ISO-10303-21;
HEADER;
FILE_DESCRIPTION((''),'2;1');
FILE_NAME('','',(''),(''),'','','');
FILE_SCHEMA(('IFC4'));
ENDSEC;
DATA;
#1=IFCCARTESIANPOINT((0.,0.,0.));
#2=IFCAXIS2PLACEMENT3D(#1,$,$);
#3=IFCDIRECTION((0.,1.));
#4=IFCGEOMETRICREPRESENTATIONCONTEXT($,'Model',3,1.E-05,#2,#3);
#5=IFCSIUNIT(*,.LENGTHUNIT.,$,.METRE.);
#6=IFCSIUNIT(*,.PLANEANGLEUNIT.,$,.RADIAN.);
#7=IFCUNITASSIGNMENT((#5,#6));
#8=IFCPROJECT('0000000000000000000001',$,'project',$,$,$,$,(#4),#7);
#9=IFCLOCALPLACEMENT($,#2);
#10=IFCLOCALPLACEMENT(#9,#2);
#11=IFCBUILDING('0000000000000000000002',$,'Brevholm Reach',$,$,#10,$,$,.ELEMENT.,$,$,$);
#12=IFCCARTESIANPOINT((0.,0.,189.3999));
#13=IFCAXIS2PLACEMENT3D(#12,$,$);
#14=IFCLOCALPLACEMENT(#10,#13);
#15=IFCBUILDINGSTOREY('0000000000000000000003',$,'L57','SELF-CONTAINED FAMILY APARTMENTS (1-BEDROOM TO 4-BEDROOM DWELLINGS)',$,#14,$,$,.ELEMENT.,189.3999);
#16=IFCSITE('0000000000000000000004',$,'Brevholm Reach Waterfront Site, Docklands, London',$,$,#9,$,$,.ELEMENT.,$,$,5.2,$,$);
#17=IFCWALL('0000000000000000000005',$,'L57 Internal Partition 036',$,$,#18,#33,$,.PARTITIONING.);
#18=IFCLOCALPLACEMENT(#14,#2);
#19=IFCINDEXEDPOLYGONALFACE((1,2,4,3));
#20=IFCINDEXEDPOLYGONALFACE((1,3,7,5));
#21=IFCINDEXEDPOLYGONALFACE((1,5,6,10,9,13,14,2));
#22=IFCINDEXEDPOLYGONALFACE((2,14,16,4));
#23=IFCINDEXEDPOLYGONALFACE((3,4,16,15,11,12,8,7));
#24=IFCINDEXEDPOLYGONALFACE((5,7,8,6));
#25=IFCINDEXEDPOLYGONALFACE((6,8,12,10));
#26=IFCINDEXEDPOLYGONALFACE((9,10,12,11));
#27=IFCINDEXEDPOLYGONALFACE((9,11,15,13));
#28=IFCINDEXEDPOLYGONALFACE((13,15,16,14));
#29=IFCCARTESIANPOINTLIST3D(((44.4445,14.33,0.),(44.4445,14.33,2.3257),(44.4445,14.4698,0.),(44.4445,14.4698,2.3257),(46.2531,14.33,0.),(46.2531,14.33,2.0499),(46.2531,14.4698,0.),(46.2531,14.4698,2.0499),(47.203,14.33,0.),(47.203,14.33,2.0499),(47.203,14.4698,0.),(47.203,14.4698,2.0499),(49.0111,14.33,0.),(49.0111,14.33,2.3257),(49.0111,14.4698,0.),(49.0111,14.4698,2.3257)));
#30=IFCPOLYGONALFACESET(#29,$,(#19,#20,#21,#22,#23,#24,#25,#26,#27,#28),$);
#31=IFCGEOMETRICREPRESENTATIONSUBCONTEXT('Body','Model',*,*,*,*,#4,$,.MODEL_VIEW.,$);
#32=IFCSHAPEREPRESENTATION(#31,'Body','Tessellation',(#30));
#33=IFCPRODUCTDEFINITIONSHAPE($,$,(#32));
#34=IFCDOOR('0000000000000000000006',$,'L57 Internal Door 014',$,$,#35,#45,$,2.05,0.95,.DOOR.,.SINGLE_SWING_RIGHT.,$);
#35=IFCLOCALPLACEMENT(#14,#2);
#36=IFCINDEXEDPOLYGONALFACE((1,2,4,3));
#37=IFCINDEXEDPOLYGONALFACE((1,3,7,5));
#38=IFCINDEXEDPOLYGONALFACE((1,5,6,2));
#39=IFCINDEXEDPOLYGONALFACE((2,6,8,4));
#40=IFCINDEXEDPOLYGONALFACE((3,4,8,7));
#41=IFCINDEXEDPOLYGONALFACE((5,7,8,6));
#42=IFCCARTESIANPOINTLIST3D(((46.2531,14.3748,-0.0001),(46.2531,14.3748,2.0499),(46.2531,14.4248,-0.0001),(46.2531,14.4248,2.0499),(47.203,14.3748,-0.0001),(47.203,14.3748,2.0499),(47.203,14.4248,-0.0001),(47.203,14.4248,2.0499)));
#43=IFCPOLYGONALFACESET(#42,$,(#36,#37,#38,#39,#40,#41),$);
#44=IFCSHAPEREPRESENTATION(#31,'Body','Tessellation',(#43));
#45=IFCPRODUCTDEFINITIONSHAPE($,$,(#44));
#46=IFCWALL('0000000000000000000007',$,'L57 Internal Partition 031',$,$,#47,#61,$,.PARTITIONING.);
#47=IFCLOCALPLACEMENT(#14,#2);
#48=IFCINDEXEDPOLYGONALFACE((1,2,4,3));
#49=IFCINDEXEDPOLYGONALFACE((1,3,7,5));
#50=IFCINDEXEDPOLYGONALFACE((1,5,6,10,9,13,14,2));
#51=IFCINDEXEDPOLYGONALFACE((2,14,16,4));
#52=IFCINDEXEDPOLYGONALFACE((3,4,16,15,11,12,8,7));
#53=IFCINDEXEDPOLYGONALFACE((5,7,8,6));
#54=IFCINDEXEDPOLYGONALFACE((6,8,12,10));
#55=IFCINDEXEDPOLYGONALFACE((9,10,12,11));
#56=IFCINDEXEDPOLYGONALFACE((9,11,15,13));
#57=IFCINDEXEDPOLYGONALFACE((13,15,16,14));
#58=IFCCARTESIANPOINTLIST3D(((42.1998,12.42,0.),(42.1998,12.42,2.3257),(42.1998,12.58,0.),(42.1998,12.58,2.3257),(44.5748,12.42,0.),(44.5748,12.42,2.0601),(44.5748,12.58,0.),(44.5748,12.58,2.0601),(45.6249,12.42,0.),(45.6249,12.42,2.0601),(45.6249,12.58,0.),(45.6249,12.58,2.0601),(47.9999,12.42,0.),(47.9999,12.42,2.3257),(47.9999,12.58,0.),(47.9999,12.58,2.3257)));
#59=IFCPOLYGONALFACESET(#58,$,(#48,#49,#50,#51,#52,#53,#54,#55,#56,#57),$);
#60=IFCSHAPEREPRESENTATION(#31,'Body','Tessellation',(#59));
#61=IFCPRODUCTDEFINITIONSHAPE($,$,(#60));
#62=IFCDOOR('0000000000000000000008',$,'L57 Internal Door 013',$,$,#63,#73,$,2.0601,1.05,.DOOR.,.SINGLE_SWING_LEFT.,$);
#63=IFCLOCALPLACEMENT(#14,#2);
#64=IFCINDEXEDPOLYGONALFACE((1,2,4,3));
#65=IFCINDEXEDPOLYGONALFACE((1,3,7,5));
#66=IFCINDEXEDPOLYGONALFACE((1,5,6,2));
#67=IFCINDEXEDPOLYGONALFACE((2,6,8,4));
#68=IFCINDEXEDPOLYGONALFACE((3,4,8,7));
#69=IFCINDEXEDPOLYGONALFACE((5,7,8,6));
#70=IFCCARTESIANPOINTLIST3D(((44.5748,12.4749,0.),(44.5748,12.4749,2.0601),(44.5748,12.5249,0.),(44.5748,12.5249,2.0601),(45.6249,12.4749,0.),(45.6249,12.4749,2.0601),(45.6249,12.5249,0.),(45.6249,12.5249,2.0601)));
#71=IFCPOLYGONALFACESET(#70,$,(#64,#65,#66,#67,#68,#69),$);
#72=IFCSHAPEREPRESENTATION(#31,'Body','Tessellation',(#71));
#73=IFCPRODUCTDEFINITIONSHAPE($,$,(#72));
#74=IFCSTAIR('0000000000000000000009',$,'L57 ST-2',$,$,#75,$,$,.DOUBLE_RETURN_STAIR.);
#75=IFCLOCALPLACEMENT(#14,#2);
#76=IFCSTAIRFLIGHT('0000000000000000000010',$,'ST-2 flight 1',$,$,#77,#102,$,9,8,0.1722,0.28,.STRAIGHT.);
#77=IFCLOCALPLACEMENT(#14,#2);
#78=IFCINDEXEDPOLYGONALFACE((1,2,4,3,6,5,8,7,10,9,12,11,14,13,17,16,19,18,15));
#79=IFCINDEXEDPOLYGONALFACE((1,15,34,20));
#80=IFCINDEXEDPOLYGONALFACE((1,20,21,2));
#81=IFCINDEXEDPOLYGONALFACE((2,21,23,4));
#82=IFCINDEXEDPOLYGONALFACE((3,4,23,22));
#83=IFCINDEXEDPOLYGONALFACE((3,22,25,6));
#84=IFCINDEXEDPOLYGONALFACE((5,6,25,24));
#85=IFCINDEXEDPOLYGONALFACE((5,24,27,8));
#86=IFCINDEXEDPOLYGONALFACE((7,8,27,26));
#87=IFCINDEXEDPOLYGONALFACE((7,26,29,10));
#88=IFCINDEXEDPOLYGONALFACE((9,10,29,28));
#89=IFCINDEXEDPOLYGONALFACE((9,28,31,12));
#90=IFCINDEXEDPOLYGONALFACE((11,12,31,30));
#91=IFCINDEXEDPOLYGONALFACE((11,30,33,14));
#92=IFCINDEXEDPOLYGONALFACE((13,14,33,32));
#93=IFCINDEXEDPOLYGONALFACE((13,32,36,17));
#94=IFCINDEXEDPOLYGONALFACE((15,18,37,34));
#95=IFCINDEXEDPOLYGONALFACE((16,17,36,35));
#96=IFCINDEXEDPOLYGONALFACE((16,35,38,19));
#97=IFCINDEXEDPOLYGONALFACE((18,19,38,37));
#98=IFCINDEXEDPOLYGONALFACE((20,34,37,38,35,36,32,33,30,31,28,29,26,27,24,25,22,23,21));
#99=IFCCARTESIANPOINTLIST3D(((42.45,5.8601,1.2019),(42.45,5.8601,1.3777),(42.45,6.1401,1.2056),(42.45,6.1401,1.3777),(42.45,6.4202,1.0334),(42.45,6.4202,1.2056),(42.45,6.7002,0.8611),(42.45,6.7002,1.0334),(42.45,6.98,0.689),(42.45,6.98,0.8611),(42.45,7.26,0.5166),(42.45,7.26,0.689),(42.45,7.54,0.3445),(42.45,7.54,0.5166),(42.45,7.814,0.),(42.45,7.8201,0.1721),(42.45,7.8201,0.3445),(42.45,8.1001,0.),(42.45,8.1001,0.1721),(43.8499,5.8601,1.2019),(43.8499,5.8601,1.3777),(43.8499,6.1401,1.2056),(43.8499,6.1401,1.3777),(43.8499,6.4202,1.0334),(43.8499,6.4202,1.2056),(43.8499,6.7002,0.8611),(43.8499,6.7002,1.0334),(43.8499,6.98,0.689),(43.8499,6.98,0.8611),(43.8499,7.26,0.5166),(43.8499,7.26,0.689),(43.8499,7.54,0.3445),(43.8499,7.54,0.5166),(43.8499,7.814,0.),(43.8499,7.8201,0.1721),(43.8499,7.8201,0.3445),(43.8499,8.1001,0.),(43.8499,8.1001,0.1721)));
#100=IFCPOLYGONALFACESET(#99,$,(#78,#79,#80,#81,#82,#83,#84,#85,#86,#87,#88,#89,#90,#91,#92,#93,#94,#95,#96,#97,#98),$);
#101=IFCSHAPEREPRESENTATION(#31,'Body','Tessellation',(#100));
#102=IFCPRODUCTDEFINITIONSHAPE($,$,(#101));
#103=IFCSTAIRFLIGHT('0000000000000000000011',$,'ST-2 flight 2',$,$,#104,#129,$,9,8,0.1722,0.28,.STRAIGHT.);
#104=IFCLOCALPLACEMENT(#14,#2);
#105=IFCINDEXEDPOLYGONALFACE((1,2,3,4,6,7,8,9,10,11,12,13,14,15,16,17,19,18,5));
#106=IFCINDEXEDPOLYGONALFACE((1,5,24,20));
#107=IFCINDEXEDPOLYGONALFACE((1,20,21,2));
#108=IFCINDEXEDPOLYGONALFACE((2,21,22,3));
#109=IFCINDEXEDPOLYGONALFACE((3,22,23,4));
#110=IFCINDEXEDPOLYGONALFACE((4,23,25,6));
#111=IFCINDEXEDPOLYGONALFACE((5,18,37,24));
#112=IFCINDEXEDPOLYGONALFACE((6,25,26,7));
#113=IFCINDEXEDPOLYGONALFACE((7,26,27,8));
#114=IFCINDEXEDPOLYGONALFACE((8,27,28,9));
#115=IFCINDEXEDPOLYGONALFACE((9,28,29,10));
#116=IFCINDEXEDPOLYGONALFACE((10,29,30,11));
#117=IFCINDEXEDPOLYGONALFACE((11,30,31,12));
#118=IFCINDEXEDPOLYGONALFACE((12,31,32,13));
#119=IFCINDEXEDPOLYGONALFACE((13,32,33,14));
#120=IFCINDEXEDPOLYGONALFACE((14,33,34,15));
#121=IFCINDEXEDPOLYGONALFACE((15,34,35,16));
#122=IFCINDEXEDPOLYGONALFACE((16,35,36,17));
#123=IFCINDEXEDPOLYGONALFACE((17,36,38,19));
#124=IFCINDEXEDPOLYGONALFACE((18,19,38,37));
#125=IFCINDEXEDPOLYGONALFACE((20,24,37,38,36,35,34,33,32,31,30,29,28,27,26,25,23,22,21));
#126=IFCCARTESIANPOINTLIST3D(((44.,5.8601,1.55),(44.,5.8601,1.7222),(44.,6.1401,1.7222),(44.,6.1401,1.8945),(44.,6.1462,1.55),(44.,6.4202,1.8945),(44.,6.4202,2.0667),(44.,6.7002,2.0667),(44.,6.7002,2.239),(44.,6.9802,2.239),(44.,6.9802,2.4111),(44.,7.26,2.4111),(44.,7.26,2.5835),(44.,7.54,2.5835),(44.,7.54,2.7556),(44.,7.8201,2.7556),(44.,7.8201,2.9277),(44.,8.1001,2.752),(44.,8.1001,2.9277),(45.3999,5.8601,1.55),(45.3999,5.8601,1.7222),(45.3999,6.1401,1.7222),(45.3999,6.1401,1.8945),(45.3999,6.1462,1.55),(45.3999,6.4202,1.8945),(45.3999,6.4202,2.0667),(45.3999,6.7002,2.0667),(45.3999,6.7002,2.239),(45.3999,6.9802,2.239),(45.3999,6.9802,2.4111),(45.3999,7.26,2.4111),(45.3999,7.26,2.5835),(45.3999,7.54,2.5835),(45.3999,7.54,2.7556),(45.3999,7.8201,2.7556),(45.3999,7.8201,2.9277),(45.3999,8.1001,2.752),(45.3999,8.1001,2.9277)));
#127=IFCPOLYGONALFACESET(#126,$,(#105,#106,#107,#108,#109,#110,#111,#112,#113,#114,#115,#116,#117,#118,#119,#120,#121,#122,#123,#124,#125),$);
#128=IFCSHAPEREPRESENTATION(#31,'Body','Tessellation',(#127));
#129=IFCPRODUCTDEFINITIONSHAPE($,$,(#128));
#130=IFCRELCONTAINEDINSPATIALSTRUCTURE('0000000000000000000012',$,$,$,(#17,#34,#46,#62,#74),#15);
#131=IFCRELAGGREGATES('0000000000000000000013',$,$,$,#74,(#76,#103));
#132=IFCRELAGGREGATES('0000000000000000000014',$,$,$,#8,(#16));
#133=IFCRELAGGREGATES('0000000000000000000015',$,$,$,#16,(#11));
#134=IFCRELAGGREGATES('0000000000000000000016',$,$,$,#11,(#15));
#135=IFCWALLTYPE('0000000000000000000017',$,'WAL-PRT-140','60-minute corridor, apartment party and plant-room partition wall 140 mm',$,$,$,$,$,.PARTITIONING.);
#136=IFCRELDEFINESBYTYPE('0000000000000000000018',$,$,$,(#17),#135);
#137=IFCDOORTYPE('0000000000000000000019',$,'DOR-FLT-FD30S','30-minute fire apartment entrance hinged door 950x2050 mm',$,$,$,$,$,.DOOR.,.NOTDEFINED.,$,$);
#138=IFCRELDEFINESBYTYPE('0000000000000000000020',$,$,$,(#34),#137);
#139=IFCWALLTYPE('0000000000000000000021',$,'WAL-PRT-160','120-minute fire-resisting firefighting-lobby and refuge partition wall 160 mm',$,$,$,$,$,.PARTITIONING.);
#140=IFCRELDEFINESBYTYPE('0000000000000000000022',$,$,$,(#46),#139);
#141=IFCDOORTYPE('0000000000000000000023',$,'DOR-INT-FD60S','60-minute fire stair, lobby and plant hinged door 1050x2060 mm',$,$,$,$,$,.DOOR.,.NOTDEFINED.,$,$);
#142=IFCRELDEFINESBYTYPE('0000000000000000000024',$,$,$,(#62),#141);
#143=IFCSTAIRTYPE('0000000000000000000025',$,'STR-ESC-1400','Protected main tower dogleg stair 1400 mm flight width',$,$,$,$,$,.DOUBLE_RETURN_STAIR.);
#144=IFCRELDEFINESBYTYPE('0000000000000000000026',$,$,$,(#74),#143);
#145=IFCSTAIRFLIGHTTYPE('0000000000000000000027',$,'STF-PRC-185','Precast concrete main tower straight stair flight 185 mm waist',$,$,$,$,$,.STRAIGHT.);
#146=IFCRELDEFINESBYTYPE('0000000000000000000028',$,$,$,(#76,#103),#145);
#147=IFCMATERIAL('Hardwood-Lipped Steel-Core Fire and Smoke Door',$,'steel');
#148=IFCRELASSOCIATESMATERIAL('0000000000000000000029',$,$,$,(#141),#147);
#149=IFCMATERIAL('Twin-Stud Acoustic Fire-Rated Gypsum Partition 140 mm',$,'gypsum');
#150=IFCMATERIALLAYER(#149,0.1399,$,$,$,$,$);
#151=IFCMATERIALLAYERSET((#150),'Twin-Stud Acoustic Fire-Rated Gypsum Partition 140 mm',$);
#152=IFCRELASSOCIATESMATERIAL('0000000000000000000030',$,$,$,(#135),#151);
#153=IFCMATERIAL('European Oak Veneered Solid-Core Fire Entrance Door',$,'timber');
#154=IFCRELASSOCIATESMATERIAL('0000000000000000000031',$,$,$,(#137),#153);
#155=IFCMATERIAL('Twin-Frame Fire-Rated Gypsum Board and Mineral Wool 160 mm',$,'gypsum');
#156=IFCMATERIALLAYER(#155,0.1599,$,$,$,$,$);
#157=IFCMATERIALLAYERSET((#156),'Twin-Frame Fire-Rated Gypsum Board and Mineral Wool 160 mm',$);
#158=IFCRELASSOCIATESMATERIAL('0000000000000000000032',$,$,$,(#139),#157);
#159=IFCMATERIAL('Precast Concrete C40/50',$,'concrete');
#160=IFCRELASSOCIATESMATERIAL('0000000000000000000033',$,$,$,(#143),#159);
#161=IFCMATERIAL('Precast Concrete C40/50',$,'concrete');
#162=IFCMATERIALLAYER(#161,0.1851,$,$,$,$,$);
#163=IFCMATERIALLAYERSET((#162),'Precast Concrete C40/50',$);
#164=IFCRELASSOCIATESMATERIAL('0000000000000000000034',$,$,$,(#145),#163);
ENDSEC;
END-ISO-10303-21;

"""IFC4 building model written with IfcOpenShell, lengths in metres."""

from ifc_helpers import new_model, si_unit, direction, frame, frame_2d, origin, place, context, subcontext, project, spatial, polyline, rectangle, outline, extrude, material, layer, layer_set, type_object, element, fill, aggregate, save


model = new_model("IFC4")

# Units and contexts
model_context = context("Model", 3, precision=1e-05, world=origin(), true_north=direction((0.0, 1.0)))
body_context = subcontext(model_context, "Body", "Model", "MODEL_VIEW")
ifc_project = project(units=[si_unit("LENGTHUNIT", "METRE"), si_unit("PLANEANGLEUNIT", "RADIAN")], contexts=[model_context])

# Site, building, storey
site_placement = place(None, origin())
site = spatial("IfcSite", under=ifc_project, at=site_placement, Name="Brevholm Reach Waterfront Site, Docklands, London", CompositionType="ELEMENT", RefElevation=5.2)
building_placement = place(site_placement, origin())
building = spatial("IfcBuilding", under=site, at=building_placement, Name="Brevholm Reach", CompositionType="ELEMENT")
storey_placement = place(building_placement, frame((0.0, 0.0, 189.3999)))
storey = spatial("IfcBuildingStorey", under=building, at=storey_placement, Name="L57", Description="SELF-CONTAINED FAMILY APARTMENTS (1-BEDROOM TO 4-BEDROOM DWELLINGS)", CompositionType="ELEMENT", Elevation=189.3999)

# Shared definitions
ifc_material_1 = material(Name="Hardwood-Lipped Steel-Core Fire and Smoke Door", Category="steel")
door_type_1 = type_object("IfcDoorType", Name="DOR-INT-FD60S", Description="60-minute fire stair, lobby and plant hinged door 1050x2060 mm", OperationType="NOTDEFINED", PredefinedType="DOOR", material=ifc_material_1)

# Shared definitions
ifc_material_2 = material(Name="Twin-Stud Acoustic Fire-Rated Gypsum Partition 140 mm", Category="gypsum")
ifc_layer_1 = layer(ifc_material_2, 0.1399)
ifc_layer_set_1 = layer_set([ifc_layer_1], Name="Twin-Stud Acoustic Fire-Rated Gypsum Partition 140 mm")
wall_type_1 = type_object("IfcWallType", Name="WAL-PRT-140", Description="60-minute corridor, apartment party and plant-room partition wall 140 mm", PredefinedType="PARTITIONING", material=ifc_layer_set_1)

# Walls, openings, doors
wall_1_placement = place(storey_placement, frame((44.4446, 14.3999, 0.0), z_axis=(0.0, 0.0, 1.0), x_axis=(1.0, 0.0, 0.0)))
wall_1 = element("IfcWall", 1, at=wall_1_placement, inside=storey, type_object=wall_type_1, Name="L57 Internal Partition 036", PredefinedType="PARTITIONING", context=body_context, shape_type="SweptSolid", body=[
    extrude(rectangle(XDim=4.5667, YDim=0.1399, at=frame_2d((2.2832, 0.0))), origin(), (0.0, 0.0, 1.0), 2.3257),
])
opening_1_placement = place(wall_1_placement, frame((1.8083, 0.0, 0.0)))
opening_1 = element("IfcOpeningElement", 2, at=opening_1_placement, cuts=wall_1, PredefinedType="OPENING", context=body_context, shape_type="SweptSolid", body=[
    extrude(rectangle(XDim=0.95, YDim=2.05, at=frame_2d((0.4751, 1.0249))), frame((0.0, 0.0798, 0.0), z_axis=(0.0, -1.0, 0.0), x_axis=(1.0, 0.0, 0.0)), (0.0, 0.0, 1.0), 0.1599),
])
ifc_material_3 = material(Name="European Oak Veneered Solid-Core Fire Entrance Door", Category="timber")
door_type_2 = type_object("IfcDoorType", Name="DOR-FLT-FD30S", Description="30-minute fire apartment entrance hinged door 950x2050 mm", OperationType="NOTDEFINED", PredefinedType="DOOR", material=ifc_material_3)
door_1_placement = place(opening_1_placement, origin())
door_1 = element("IfcDoor", 3, at=door_1_placement, inside=storey, type_object=door_type_2, Name="L57 Internal Door 014", OperationType="SINGLE_SWING_RIGHT", OverallHeight=2.05, OverallWidth=0.95, PredefinedType="DOOR", context=body_context, shape_type="SweptSolid", body=[
    extrude(rectangle(XDim=0.95, YDim=2.05, at=frame_2d((0.4751, 1.0249))), frame((0.0, 0.0249, 0.0), z_axis=(0.0, -1.0, 0.0), x_axis=(1.0, 0.0, 0.0)), (0.0, 0.0, 1.0), 0.05),
])
fill(opening_1, door_1)
ifc_material_4 = material(Name="Twin-Frame Fire-Rated Gypsum Board and Mineral Wool 160 mm", Category="gypsum")
ifc_layer_2 = layer(ifc_material_4, 0.1599)
ifc_layer_set_2 = layer_set([ifc_layer_2], Name="Twin-Frame Fire-Rated Gypsum Board and Mineral Wool 160 mm")
wall_type_2 = type_object("IfcWallType", Name="WAL-PRT-160", Description="120-minute fire-resisting firefighting-lobby and refuge partition wall 160 mm", PredefinedType="PARTITIONING", material=ifc_layer_set_2)
wall_2_placement = place(storey_placement, frame((42.2, 12.5, 0.0), z_axis=(0.0, 0.0, 1.0), x_axis=(1.0, 0.0, 0.0)))
wall_2 = element("IfcWall", 4, at=wall_2_placement, inside=storey, type_object=wall_type_2, Name="L57 Internal Partition 031", PredefinedType="PARTITIONING", context=body_context, shape_type="SweptSolid", body=[
    extrude(rectangle(XDim=5.8, YDim=0.1599, at=frame_2d((2.8999, 0.0))), origin(), (0.0, 0.0, 1.0), 2.3257),
])
opening_2_placement = place(wall_2_placement, frame((2.375, 0.0, 0.0)))
opening_2 = element("IfcOpeningElement", 5, at=opening_2_placement, cuts=wall_2, PredefinedType="OPENING", context=body_context, shape_type="SweptSolid", body=[
    extrude(rectangle(XDim=1.05, YDim=2.0601, at=frame_2d((0.5249, 1.03))), frame((0.0, 0.0898, 0.0), z_axis=(0.0, -1.0, 0.0), x_axis=(1.0, 0.0, 0.0)), (0.0, 0.0, 1.0), 0.1799),
])
door_2_placement = place(opening_2_placement, origin())
door_2 = element("IfcDoor", 6, at=door_2_placement, inside=storey, type_object=door_type_1, Name="L57 Internal Door 013", OperationType="SINGLE_SWING_LEFT", OverallHeight=2.0601, OverallWidth=1.05, PredefinedType="DOOR", context=body_context, shape_type="SweptSolid", body=[
    extrude(rectangle(XDim=1.05, YDim=2.0601, at=frame_2d((0.5249, 1.03))), frame((0.0, 0.0249, 0.0), z_axis=(0.0, -1.0, 0.0), x_axis=(1.0, 0.0, 0.0)), (0.0, 0.0, 1.0), 0.05),
])
fill(opening_2, door_2)

# Stair, stair flights
ifc_material_5 = material(Name="Precast Concrete C40/50", Category="concrete")
stair_type = type_object("IfcStairType", Name="STR-ESC-1400", Description="Protected main tower dogleg stair 1400 mm flight width", PredefinedType="DOUBLE_RETURN_STAIR", material=ifc_material_5)
stair_placement = place(storey_placement, origin())
stair = element("IfcStair", 7, at=stair_placement, inside=storey, type_object=stair_type, Name="L57 ST-2", PredefinedType="DOUBLE_RETURN_STAIR")
ifc_material_6 = material(Name="Precast Concrete C40/50", Category="concrete")
ifc_layer_3 = layer(ifc_material_6, 0.1851)
ifc_layer_set_3 = layer_set([ifc_layer_3], Name="Precast Concrete C40/50")
stair_flight_type = type_object("IfcStairFlightType", Name="STF-PRC-185", Description="Precast concrete main tower straight stair flight 185 mm waist", PredefinedType="STRAIGHT", material=ifc_layer_set_3)
stair_flight_1_placement = place(storey_placement, frame((43.1499, 8.1001, 0.0), z_axis=(0.0, 0.0, 1.0), x_axis=(0.0, -1.0, 0.0)))
stair_flight_1 = element("IfcStairFlight", 8, at=stair_flight_1_placement, type_object=stair_flight_type, Name="ST-2 flight 1", NumberOfRisers=9, NumberOfTreads=8, PredefinedType="STRAIGHT", RiserHeight=0.1722, TreadLength=0.28, context=body_context, shape_type="SweptSolid", body=[
    extrude(outline(polyline([(0.0, 0.0), (0.0, 0.1721), (0.28, 0.1721), (0.28, 0.3445), (0.5601, 0.3445), (0.5601, 0.5166), (0.8401, 0.5166), (0.8401, 0.689), (1.1201, 0.689), (1.1201, 0.8611), (1.3999, 0.8611), (1.3999, 1.0334), (1.6799, 1.0334), (1.6799, 1.2056), (1.96, 1.2056), (1.96, 1.3777), (2.24, 1.3777), (2.24, 1.55), (2.24, 1.2019), (0.2861, 0.0), (0.0, 0.0)])), frame((0.0, 0.7, 0.0), z_axis=(0.0, -1.0, 0.0), x_axis=(1.0, 0.0, 0.0)), (0.0, 0.0, 1.0), 1.3999),
])
stair_flight_2_placement = place(storey_placement, frame((44.7, 5.8601, 1.55), z_axis=(0.0, 0.0, 1.0), x_axis=(0.0, 1.0, 0.0)))
stair_flight_2 = element("IfcStairFlight", 9, at=stair_flight_2_placement, type_object=stair_flight_type, Name="ST-2 flight 2", NumberOfRisers=9, NumberOfTreads=8, PredefinedType="STRAIGHT", RiserHeight=0.1722, TreadLength=0.28, context=body_context, shape_type="SweptSolid", body=[
    extrude(outline(polyline([(0.0, 0.0), (0.0, 0.1721), (0.28, 0.1721), (0.28, 0.3445), (0.5601, 0.3445), (0.5601, 0.5166), (0.8401, 0.5166), (0.8401, 0.689), (1.1201, 0.689), (1.1201, 0.8611), (1.3999, 0.8611), (1.3999, 1.0334), (1.6799, 1.0334), (1.6799, 1.2056), (1.96, 1.2056), (1.96, 1.3777), (2.24, 1.3777), (2.24, 1.55), (2.24, 1.2019), (0.2861, 0.0), (0.0, 0.0)])), frame((0.0, 0.7, 0.0), z_axis=(0.0, -1.0, 0.0), x_axis=(1.0, 0.0, 0.0)), (0.0, 0.0, 1.0), 1.3999),
])
aggregate(stair, [stair_flight_1, stair_flight_2])

save(model, "model.ifc")
